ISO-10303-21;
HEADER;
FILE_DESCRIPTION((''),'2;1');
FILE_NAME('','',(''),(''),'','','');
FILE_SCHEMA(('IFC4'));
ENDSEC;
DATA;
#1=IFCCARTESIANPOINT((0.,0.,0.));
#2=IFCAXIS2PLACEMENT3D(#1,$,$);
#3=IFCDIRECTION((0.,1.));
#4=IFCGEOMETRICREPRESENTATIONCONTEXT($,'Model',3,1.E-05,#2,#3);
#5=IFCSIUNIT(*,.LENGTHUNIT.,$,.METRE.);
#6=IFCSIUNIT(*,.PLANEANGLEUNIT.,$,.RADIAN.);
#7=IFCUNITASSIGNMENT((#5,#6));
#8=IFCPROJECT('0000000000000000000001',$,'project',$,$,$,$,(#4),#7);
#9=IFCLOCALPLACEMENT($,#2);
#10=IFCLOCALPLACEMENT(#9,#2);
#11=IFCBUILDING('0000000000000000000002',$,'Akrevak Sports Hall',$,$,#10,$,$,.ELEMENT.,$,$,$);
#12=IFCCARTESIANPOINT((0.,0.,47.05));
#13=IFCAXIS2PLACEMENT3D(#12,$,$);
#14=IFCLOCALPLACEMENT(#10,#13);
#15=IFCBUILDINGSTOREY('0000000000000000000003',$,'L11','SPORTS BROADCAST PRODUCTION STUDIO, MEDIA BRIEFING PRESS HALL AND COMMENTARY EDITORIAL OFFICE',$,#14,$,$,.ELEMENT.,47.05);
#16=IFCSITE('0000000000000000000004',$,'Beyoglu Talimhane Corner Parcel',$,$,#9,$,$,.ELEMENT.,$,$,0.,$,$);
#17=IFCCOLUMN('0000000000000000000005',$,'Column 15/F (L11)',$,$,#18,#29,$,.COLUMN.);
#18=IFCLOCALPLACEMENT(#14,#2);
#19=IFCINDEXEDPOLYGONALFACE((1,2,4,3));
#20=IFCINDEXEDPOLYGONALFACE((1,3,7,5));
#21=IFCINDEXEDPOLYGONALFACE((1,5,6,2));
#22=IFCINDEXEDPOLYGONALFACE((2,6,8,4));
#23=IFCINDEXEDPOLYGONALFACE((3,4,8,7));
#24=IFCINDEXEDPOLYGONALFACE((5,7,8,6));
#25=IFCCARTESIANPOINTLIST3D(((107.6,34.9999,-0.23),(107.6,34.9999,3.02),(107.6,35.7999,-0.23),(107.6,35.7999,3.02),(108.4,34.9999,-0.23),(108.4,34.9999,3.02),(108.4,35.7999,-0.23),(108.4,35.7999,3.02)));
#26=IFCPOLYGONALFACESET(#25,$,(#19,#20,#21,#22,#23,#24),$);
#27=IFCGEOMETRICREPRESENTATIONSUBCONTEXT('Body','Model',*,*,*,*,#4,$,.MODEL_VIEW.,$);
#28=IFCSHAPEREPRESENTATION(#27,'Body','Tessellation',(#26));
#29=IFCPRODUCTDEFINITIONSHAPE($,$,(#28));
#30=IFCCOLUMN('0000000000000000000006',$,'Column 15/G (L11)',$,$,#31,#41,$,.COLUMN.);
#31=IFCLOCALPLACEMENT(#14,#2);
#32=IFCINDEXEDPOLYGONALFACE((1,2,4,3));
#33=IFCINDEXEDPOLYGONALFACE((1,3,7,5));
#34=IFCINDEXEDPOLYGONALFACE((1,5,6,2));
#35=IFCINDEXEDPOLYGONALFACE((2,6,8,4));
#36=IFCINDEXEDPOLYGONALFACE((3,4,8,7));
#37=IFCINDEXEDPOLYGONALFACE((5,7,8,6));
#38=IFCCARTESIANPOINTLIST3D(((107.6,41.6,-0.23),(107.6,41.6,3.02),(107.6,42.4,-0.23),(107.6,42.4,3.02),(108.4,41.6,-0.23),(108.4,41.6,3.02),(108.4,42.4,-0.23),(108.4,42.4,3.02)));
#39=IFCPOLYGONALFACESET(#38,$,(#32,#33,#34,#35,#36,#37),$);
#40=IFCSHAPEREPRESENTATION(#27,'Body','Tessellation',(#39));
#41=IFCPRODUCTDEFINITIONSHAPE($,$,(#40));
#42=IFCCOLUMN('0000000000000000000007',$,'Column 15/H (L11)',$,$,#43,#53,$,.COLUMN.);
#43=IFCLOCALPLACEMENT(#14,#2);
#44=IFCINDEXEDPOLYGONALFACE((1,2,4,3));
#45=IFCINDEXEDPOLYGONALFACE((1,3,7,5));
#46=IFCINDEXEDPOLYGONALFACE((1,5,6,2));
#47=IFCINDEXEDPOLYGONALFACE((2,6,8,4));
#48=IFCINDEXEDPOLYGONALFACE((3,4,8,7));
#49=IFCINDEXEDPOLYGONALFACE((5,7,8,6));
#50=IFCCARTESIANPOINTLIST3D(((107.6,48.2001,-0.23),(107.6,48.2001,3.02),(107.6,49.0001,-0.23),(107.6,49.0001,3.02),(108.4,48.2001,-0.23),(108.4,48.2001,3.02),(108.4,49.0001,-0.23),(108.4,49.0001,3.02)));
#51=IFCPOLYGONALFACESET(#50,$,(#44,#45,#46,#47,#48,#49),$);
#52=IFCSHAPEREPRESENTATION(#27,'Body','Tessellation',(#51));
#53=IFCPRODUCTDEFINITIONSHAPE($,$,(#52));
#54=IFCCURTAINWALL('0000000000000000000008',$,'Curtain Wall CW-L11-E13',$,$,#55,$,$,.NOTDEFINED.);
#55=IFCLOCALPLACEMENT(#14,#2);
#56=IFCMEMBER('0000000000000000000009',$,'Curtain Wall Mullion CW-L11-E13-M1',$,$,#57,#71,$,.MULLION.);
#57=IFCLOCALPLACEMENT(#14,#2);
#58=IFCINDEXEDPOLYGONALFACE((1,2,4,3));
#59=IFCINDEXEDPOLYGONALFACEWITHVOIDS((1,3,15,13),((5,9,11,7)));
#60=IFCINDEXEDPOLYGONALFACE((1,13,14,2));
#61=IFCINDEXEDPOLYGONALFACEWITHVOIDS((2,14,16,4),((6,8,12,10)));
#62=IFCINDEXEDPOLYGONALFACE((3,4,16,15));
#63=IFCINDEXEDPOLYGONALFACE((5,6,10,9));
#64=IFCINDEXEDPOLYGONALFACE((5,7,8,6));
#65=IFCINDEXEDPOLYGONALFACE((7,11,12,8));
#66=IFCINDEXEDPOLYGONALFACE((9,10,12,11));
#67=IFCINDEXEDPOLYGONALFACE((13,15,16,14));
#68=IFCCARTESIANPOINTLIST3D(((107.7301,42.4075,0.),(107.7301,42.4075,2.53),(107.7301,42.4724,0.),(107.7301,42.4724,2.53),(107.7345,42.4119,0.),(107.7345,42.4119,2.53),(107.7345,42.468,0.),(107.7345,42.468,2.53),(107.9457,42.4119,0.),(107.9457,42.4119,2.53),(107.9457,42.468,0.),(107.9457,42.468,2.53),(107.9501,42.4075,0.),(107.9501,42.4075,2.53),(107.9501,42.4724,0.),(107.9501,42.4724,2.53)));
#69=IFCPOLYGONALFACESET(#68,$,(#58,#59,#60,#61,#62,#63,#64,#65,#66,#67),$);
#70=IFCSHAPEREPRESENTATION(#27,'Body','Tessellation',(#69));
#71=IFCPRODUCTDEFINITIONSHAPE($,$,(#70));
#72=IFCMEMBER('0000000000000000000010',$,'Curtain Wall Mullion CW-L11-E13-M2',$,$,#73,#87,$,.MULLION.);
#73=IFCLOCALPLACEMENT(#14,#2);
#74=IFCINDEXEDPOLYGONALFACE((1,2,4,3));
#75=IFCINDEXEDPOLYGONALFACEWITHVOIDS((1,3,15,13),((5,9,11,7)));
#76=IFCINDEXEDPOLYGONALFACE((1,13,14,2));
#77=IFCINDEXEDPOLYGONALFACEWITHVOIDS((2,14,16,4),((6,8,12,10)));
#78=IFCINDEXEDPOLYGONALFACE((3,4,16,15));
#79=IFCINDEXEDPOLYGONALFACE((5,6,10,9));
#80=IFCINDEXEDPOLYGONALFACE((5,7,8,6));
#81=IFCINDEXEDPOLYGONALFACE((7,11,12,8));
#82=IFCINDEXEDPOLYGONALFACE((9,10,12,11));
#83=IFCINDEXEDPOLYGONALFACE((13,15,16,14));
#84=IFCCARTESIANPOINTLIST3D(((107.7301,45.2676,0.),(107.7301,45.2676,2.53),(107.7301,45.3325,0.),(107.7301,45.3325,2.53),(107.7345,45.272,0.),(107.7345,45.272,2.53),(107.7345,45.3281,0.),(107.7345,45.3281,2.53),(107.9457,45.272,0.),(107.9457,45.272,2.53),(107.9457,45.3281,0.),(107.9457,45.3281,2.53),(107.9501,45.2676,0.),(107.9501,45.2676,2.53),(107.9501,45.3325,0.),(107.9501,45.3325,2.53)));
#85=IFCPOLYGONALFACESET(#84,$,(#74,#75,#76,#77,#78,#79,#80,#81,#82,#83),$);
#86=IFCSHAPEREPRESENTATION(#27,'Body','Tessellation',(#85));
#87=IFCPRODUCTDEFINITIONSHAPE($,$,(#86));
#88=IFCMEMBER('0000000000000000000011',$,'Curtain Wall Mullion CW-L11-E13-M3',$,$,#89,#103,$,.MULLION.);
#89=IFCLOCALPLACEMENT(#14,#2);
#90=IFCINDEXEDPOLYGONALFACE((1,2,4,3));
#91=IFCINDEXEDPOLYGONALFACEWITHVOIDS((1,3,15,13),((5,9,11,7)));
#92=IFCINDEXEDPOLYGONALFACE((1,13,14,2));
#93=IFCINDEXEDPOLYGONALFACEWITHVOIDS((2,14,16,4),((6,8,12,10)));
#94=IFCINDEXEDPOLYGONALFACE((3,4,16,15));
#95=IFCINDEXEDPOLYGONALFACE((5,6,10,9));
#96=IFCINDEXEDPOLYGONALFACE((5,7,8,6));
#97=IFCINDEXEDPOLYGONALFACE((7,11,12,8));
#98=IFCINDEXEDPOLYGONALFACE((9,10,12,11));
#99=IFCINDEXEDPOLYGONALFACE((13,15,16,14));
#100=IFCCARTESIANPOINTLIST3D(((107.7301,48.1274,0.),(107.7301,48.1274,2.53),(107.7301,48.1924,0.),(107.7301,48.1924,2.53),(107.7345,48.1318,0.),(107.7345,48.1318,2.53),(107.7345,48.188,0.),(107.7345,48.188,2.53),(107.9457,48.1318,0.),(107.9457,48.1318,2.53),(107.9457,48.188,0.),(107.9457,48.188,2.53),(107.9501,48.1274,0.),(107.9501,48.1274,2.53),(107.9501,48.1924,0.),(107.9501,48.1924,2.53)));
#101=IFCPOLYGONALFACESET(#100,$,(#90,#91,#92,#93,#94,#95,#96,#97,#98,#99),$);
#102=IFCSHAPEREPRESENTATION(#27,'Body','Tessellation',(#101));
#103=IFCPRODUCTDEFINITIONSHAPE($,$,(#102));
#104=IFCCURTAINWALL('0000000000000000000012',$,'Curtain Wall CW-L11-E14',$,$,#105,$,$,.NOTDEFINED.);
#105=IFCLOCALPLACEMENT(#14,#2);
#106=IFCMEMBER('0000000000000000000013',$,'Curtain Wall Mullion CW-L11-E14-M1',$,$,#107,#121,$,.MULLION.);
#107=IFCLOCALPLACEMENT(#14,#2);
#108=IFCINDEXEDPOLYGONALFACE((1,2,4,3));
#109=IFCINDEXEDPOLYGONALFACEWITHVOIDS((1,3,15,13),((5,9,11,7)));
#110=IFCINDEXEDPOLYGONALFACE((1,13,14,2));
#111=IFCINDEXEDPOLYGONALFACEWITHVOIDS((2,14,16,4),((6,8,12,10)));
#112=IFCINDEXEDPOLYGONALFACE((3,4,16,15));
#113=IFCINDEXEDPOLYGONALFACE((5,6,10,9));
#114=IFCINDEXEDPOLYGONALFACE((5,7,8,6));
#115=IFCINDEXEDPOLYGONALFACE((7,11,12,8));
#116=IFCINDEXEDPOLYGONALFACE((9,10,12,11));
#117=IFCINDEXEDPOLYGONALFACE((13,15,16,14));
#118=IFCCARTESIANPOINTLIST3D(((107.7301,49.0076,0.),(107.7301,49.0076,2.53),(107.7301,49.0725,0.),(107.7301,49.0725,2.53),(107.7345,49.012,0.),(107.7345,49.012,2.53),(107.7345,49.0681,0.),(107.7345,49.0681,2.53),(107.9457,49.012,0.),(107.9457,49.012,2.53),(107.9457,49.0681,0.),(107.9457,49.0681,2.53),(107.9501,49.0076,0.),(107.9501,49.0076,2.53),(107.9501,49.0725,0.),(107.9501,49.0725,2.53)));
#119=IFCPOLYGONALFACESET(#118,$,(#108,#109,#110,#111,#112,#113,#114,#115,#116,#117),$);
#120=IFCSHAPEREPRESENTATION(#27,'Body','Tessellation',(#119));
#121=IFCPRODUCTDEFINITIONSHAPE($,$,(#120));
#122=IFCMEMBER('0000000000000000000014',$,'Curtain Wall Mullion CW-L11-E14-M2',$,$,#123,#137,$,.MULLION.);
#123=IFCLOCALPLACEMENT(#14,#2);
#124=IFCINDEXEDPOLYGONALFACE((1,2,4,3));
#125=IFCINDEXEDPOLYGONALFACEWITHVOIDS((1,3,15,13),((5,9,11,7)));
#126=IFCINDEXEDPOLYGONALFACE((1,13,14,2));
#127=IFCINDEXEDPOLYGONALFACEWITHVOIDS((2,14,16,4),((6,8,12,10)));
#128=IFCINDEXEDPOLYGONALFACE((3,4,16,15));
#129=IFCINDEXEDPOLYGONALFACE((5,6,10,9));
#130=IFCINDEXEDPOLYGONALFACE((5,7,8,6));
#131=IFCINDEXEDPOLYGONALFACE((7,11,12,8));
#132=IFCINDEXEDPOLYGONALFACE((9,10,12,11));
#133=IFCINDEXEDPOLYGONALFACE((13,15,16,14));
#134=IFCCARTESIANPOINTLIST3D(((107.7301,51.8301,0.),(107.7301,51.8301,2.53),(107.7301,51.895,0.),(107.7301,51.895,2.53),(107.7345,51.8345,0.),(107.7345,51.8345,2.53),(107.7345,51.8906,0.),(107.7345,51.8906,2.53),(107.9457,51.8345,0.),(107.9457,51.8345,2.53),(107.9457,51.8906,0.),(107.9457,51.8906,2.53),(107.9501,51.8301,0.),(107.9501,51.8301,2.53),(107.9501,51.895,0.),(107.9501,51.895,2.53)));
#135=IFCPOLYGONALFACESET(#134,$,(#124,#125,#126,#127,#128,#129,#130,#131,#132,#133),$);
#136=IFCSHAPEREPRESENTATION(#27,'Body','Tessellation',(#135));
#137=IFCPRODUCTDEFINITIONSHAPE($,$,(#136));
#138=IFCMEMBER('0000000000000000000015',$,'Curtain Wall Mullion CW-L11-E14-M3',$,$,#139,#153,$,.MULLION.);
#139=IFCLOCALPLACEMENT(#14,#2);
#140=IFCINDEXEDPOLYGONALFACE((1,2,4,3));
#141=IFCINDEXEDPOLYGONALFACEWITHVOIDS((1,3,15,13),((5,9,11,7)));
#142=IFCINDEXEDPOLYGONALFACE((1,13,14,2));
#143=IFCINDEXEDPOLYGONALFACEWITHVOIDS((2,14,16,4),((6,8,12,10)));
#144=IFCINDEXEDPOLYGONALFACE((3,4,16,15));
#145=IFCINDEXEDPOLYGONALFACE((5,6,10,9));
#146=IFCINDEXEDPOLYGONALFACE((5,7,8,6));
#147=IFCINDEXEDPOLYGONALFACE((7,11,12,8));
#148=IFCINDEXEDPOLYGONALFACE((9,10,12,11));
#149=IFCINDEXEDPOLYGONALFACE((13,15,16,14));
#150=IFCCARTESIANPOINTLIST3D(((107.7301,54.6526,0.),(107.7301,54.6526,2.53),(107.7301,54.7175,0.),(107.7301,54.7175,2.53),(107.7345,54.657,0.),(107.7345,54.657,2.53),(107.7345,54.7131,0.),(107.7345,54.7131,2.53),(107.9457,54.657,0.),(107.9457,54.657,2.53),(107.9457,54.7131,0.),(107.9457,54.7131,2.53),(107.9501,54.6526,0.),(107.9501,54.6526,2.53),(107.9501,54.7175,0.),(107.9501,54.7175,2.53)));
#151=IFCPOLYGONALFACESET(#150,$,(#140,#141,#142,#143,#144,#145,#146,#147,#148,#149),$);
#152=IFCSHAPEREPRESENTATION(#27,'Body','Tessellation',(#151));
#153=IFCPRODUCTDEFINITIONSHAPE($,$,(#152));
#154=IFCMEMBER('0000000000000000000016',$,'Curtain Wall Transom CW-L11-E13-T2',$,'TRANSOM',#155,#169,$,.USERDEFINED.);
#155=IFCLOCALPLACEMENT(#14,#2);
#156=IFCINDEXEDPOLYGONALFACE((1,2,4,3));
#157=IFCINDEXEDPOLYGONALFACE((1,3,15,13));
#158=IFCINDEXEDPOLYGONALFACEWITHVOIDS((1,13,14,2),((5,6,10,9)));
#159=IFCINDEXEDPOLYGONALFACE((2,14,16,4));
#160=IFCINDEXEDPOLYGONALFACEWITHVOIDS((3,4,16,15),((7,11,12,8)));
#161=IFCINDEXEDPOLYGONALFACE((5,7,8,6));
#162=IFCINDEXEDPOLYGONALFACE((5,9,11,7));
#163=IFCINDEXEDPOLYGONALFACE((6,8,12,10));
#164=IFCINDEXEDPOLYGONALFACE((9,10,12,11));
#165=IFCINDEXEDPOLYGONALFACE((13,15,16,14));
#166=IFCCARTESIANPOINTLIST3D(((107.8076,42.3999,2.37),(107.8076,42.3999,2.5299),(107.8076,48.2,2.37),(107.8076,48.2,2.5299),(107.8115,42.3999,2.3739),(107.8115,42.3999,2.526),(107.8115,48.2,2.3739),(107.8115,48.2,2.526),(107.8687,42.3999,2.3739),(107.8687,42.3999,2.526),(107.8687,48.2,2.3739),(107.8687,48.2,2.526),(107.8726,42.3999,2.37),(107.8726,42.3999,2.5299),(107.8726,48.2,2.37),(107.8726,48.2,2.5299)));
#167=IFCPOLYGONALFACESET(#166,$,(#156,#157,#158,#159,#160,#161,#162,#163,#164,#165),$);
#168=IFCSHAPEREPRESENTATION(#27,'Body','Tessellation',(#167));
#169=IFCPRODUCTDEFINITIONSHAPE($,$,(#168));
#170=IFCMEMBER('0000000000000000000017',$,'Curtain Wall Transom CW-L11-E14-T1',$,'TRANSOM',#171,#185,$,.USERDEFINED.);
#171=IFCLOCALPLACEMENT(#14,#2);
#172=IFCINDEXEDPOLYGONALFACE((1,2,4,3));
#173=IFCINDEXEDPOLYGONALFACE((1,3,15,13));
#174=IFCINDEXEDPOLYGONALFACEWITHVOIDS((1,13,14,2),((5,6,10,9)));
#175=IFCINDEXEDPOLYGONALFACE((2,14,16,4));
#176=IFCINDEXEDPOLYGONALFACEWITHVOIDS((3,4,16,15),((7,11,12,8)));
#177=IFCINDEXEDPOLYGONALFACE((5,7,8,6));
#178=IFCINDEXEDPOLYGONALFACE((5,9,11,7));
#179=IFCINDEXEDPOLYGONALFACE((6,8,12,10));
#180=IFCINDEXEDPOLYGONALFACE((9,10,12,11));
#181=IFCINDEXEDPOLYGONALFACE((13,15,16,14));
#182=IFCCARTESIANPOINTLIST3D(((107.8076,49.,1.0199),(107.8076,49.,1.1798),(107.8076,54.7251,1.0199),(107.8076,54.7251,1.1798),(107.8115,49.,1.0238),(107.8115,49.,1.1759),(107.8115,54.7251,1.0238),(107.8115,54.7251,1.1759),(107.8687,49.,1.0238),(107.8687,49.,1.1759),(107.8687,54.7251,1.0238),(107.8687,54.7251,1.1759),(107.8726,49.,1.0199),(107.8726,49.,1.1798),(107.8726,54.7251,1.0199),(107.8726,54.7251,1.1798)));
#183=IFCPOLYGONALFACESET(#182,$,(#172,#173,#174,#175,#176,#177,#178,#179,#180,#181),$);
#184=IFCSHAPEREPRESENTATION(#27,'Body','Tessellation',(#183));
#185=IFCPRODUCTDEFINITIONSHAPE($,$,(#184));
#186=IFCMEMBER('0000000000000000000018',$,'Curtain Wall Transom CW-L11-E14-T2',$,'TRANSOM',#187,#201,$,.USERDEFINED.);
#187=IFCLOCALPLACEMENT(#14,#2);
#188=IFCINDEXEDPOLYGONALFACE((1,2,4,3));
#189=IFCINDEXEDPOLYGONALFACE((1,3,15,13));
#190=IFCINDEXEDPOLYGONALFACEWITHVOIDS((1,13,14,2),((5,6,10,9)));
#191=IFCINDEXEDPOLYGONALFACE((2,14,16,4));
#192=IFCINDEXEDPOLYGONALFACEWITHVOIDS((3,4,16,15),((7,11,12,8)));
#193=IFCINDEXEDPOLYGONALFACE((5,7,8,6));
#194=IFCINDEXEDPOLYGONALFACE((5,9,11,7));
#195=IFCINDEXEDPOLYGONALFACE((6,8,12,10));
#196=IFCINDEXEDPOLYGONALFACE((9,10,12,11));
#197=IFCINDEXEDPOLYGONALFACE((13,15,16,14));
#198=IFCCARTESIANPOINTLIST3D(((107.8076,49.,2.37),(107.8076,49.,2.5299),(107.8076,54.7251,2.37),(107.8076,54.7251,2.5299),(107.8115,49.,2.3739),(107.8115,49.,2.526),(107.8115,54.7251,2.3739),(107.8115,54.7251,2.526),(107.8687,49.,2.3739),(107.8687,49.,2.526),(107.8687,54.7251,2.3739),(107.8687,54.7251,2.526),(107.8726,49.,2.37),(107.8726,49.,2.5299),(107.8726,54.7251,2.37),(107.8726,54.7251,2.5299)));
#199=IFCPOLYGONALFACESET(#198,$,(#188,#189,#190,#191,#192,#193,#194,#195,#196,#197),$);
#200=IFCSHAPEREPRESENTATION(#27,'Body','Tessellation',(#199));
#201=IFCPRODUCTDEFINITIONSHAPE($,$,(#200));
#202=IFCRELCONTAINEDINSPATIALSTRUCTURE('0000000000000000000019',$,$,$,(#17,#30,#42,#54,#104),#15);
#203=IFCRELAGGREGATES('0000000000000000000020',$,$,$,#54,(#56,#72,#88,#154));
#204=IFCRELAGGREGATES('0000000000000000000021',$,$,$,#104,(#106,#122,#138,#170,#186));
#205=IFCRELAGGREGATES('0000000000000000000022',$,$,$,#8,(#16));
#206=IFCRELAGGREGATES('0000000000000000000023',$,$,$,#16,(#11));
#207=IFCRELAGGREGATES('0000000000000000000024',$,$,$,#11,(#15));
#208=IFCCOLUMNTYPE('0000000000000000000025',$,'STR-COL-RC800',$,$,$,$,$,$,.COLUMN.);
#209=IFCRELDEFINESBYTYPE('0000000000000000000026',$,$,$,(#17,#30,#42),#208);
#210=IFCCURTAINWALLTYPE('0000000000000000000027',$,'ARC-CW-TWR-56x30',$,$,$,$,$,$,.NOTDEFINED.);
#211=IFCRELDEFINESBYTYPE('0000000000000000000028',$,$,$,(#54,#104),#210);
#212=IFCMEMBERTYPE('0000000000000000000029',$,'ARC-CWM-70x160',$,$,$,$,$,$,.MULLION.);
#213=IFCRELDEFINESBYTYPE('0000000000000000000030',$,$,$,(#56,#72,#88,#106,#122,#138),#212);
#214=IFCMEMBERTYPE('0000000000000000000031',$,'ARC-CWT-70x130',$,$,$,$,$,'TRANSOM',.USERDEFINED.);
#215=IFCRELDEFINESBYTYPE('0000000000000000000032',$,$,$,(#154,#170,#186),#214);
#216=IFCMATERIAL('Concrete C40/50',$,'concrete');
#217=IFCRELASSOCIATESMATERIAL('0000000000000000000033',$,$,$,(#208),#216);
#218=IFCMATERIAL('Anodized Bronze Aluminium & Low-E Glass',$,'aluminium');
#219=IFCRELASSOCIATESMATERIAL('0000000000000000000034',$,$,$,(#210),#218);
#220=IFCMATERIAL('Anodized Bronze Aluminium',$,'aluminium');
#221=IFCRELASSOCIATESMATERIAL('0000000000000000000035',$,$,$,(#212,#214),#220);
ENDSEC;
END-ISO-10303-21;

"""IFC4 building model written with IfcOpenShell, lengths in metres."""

from ifc_helpers import new_model, si_unit, direction, frame, origin, origin_2d, place, context, subcontext, project, spatial, rectangle, hollow_rectangle, extrude, material, material_profile, profile_set, type_object, element, aggregate, save


model = new_model("IFC4")

# Units and contexts
model_context = context("Model", 3, precision=1e-05, world=origin(), true_north=direction((0.0, 1.0)))
body_context = subcontext(model_context, "Body", "Model", "MODEL_VIEW")
ifc_project = project(units=[si_unit("LENGTHUNIT", "METRE"), si_unit("PLANEANGLEUNIT", "RADIAN")], contexts=[model_context])

# Site, building, storey
site_placement = place(None, origin())
site = spatial("IfcSite", under=ifc_project, at=site_placement, Name="Beyoglu Talimhane Corner Parcel", CompositionType="ELEMENT", RefElevation=0.0)
building_placement = place(site_placement, origin())
building = spatial("IfcBuilding", under=site, at=building_placement, Name="Akrevak Sports Hall", CompositionType="ELEMENT")
storey_placement = place(building_placement, frame((0.0, 0.0, 47.05)))
storey = spatial("IfcBuildingStorey", under=building, at=storey_placement, Name="L11", Description="SPORTS BROADCAST PRODUCTION STUDIO, MEDIA BRIEFING PRESS HALL AND COMMENTARY EDITORIAL OFFICE", CompositionType="ELEMENT", Elevation=47.05)

# Columns
ifc_material_1 = material(Name="Concrete C40/50", Category="concrete")
ifc_material_profile_1 = material_profile(ifc_material_1, rectangle(XDim=0.8, YDim=0.8, at=origin_2d()), Name="RC 800x800", Category="concrete")
ifc_profile_set_1 = profile_set([ifc_material_profile_1], Name="Concrete C40/50")
column_type = type_object("IfcColumnType", Name="STR-COL-RC800", PredefinedType="COLUMN", material=ifc_profile_set_1)
for number, where, z_axis, x_axis, name in (
    (1, (108.0, 35.3999, -0.23), (0.0, 0.0, 1.0), (1.0, 0.0, 0.0), "Column 15/F (L11)"),
    (2, (108.0, 42.0, -0.23), (0.0, 0.0, 1.0), (1.0, 0.0, 0.0), "Column 15/G (L11)"),
    (3, (108.0, 48.6001, -0.23), (0.0, 0.0, 1.0), (1.0, 0.0, 0.0), "Column 15/H (L11)"),
):
    element("IfcColumn", number, at=place(storey_placement, frame(where, z_axis=z_axis, x_axis=x_axis)), inside=storey, type_object=column_type, Name=name, PredefinedType="COLUMN", context=body_context, shape_type="SweptSolid", body=[
        extrude(rectangle(XDim=0.8, YDim=0.8, at=origin_2d()), origin(), (0.0, 0.0, 1.0), 3.25),
    ])

# Curtain walls, members
ifc_material_2 = material(Name="Anodized Bronze Aluminium & Low-E Glass", Category="aluminium")
curtain_wall_type = type_object("IfcCurtainWallType", Name="ARC-CW-TWR-56x30", PredefinedType="NOTDEFINED", material=ifc_material_2)
curtain_wall_1_placement = place(storey_placement, origin())
curtain_wall_1 = element("IfcCurtainWall", 4, at=curtain_wall_1_placement, inside=storey, type_object=curtain_wall_type, Name="Curtain Wall CW-L11-E13", PredefinedType="NOTDEFINED")
ifc_material_3 = material(Name="Anodized Bronze Aluminium", Category="aluminium")
ifc_material_profile_2 = material_profile(ifc_material_3, hollow_rectangle(XDim=0.0649, YDim=0.22, WallThickness=0.0044, at=origin_2d()), Name="CWM 65x220", Category="aluminium")
ifc_profile_set_2 = profile_set([ifc_material_profile_2], Name="Anodized Bronze Aluminium")
member_type_1 = type_object("IfcMemberType", Name="ARC-CWM-70x160", PredefinedType="MULLION", material=ifc_profile_set_2)
member_1_placement = place(storey_placement, frame((107.8401, 42.4399, 0.0), z_axis=(0.0, 0.0, 1.0), x_axis=(0.0, 1.0, 0.0)))
member_1 = element("IfcMember", 5, at=member_1_placement, type_object=member_type_1, Name="Curtain Wall Mullion CW-L11-E13-M1", PredefinedType="MULLION", context=body_context, shape_type="SweptSolid", body=[
    extrude(hollow_rectangle(XDim=0.0649, YDim=0.22, WallThickness=0.0044, at=origin_2d()), origin(), (0.0, 0.0, 1.0), 2.53),
])
member_2_placement = place(storey_placement, frame((107.8401, 45.3, 0.0), z_axis=(0.0, 0.0, 1.0), x_axis=(0.0, 1.0, 0.0)))
member_2 = element("IfcMember", 6, at=member_2_placement, type_object=member_type_1, Name="Curtain Wall Mullion CW-L11-E13-M2", PredefinedType="MULLION", context=body_context, shape_type="SweptSolid", body=[
    extrude(hollow_rectangle(XDim=0.0649, YDim=0.22, WallThickness=0.0044, at=origin_2d()), origin(), (0.0, 0.0, 1.0), 2.53),
])
member_3_placement = place(storey_placement, frame((107.8401, 48.1599, 0.0), z_axis=(0.0, 0.0, 1.0), x_axis=(0.0, 1.0, 0.0)))
member_3 = element("IfcMember", 7, at=member_3_placement, type_object=member_type_1, Name="Curtain Wall Mullion CW-L11-E13-M3", PredefinedType="MULLION", context=body_context, shape_type="SweptSolid", body=[
    extrude(hollow_rectangle(XDim=0.0649, YDim=0.22, WallThickness=0.0044, at=origin_2d()), origin(), (0.0, 0.0, 1.0), 2.53),
])
curtain_wall_2_placement = place(storey_placement, origin())
curtain_wall_2 = element("IfcCurtainWall", 8, at=curtain_wall_2_placement, inside=storey, type_object=curtain_wall_type, Name="Curtain Wall CW-L11-E14", PredefinedType="NOTDEFINED")
member_4_placement = place(storey_placement, frame((107.8401, 49.04, 0.0), z_axis=(0.0, 0.0, 1.0), x_axis=(0.0, 1.0, 0.0)))
member_4 = element("IfcMember", 9, at=member_4_placement, type_object=member_type_1, Name="Curtain Wall Mullion CW-L11-E14-M1", PredefinedType="MULLION", context=body_context, shape_type="SweptSolid", body=[
    extrude(hollow_rectangle(XDim=0.0649, YDim=0.22, WallThickness=0.0044, at=origin_2d()), origin(), (0.0, 0.0, 1.0), 2.53),
])
member_5_placement = place(storey_placement, frame((107.8401, 51.8625, 0.0), z_axis=(0.0, 0.0, 1.0), x_axis=(0.0, 1.0, 0.0)))
member_5 = element("IfcMember", 10, at=member_5_placement, type_object=member_type_1, Name="Curtain Wall Mullion CW-L11-E14-M2", PredefinedType="MULLION", context=body_context, shape_type="SweptSolid", body=[
    extrude(hollow_rectangle(XDim=0.0649, YDim=0.22, WallThickness=0.0044, at=origin_2d()), origin(), (0.0, 0.0, 1.0), 2.53),
])
member_6_placement = place(storey_placement, frame((107.8401, 54.6851, 0.0), z_axis=(0.0, 0.0, 1.0), x_axis=(0.0, 1.0, 0.0)))
member_6 = element("IfcMember", 11, at=member_6_placement, type_object=member_type_1, Name="Curtain Wall Mullion CW-L11-E14-M3", PredefinedType="MULLION", context=body_context, shape_type="SweptSolid", body=[
    extrude(hollow_rectangle(XDim=0.0649, YDim=0.22, WallThickness=0.0044, at=origin_2d()), origin(), (0.0, 0.0, 1.0), 2.53),
])

# Members
ifc_material_profile_3 = material_profile(ifc_material_3, hollow_rectangle(XDim=0.0649, YDim=0.1599, WallThickness=0.0039, at=origin_2d()), Name="CWT 65x160", Category="aluminium")
ifc_profile_set_3 = profile_set([ifc_material_profile_3], Name="Anodized Bronze Aluminium")
member_type_2 = type_object("IfcMemberType", Name="ARC-CWT-70x130", ElementType="TRANSOM", PredefinedType="USERDEFINED", material=ifc_profile_set_3)
member_7_placement = place(storey_placement, frame((107.8401, 42.3999, 2.45), z_axis=(0.0, 1.0, 0.0), x_axis=(-1.0, 0.0, 0.0)))
member_7 = element("IfcMember", 12, at=member_7_placement, type_object=member_type_2, Name="Curtain Wall Transom CW-L11-E13-T2", ObjectType="TRANSOM", PredefinedType="USERDEFINED", context=body_context, shape_type="SweptSolid", body=[
    extrude(hollow_rectangle(XDim=0.0649, YDim=0.1599, WallThickness=0.0039, at=origin_2d()), origin(), (0.0, 0.0, 1.0), 5.8),
])
member_8_placement = place(storey_placement, frame((107.8401, 49.0, 1.0999), z_axis=(0.0, 1.0, 0.0), x_axis=(-1.0, 0.0, 0.0)))
member_8 = element("IfcMember", 13, at=member_8_placement, type_object=member_type_2, Name="Curtain Wall Transom CW-L11-E14-T1", ObjectType="TRANSOM", PredefinedType="USERDEFINED", context=body_context, shape_type="SweptSolid", body=[
    extrude(hollow_rectangle(XDim=0.0649, YDim=0.1599, WallThickness=0.0039, at=origin_2d()), origin(), (0.0, 0.0, 1.0), 5.7251),
])
member_9_placement = place(storey_placement, frame((107.8401, 49.0, 2.45), z_axis=(0.0, 1.0, 0.0), x_axis=(-1.0, 0.0, 0.0)))
member_9 = element("IfcMember", 14, at=member_9_placement, type_object=member_type_2, Name="Curtain Wall Transom CW-L11-E14-T2", ObjectType="TRANSOM", PredefinedType="USERDEFINED", context=body_context, shape_type="SweptSolid", body=[
    extrude(hollow_rectangle(XDim=0.0649, YDim=0.1599, WallThickness=0.0039, at=origin_2d()), origin(), (0.0, 0.0, 1.0), 5.7251),
])

aggregate(curtain_wall_1, [member_1, member_2, member_3, member_7])
aggregate(curtain_wall_2, [member_4, member_5, member_6, member_8, member_9])

save(model, "model.ifc")
